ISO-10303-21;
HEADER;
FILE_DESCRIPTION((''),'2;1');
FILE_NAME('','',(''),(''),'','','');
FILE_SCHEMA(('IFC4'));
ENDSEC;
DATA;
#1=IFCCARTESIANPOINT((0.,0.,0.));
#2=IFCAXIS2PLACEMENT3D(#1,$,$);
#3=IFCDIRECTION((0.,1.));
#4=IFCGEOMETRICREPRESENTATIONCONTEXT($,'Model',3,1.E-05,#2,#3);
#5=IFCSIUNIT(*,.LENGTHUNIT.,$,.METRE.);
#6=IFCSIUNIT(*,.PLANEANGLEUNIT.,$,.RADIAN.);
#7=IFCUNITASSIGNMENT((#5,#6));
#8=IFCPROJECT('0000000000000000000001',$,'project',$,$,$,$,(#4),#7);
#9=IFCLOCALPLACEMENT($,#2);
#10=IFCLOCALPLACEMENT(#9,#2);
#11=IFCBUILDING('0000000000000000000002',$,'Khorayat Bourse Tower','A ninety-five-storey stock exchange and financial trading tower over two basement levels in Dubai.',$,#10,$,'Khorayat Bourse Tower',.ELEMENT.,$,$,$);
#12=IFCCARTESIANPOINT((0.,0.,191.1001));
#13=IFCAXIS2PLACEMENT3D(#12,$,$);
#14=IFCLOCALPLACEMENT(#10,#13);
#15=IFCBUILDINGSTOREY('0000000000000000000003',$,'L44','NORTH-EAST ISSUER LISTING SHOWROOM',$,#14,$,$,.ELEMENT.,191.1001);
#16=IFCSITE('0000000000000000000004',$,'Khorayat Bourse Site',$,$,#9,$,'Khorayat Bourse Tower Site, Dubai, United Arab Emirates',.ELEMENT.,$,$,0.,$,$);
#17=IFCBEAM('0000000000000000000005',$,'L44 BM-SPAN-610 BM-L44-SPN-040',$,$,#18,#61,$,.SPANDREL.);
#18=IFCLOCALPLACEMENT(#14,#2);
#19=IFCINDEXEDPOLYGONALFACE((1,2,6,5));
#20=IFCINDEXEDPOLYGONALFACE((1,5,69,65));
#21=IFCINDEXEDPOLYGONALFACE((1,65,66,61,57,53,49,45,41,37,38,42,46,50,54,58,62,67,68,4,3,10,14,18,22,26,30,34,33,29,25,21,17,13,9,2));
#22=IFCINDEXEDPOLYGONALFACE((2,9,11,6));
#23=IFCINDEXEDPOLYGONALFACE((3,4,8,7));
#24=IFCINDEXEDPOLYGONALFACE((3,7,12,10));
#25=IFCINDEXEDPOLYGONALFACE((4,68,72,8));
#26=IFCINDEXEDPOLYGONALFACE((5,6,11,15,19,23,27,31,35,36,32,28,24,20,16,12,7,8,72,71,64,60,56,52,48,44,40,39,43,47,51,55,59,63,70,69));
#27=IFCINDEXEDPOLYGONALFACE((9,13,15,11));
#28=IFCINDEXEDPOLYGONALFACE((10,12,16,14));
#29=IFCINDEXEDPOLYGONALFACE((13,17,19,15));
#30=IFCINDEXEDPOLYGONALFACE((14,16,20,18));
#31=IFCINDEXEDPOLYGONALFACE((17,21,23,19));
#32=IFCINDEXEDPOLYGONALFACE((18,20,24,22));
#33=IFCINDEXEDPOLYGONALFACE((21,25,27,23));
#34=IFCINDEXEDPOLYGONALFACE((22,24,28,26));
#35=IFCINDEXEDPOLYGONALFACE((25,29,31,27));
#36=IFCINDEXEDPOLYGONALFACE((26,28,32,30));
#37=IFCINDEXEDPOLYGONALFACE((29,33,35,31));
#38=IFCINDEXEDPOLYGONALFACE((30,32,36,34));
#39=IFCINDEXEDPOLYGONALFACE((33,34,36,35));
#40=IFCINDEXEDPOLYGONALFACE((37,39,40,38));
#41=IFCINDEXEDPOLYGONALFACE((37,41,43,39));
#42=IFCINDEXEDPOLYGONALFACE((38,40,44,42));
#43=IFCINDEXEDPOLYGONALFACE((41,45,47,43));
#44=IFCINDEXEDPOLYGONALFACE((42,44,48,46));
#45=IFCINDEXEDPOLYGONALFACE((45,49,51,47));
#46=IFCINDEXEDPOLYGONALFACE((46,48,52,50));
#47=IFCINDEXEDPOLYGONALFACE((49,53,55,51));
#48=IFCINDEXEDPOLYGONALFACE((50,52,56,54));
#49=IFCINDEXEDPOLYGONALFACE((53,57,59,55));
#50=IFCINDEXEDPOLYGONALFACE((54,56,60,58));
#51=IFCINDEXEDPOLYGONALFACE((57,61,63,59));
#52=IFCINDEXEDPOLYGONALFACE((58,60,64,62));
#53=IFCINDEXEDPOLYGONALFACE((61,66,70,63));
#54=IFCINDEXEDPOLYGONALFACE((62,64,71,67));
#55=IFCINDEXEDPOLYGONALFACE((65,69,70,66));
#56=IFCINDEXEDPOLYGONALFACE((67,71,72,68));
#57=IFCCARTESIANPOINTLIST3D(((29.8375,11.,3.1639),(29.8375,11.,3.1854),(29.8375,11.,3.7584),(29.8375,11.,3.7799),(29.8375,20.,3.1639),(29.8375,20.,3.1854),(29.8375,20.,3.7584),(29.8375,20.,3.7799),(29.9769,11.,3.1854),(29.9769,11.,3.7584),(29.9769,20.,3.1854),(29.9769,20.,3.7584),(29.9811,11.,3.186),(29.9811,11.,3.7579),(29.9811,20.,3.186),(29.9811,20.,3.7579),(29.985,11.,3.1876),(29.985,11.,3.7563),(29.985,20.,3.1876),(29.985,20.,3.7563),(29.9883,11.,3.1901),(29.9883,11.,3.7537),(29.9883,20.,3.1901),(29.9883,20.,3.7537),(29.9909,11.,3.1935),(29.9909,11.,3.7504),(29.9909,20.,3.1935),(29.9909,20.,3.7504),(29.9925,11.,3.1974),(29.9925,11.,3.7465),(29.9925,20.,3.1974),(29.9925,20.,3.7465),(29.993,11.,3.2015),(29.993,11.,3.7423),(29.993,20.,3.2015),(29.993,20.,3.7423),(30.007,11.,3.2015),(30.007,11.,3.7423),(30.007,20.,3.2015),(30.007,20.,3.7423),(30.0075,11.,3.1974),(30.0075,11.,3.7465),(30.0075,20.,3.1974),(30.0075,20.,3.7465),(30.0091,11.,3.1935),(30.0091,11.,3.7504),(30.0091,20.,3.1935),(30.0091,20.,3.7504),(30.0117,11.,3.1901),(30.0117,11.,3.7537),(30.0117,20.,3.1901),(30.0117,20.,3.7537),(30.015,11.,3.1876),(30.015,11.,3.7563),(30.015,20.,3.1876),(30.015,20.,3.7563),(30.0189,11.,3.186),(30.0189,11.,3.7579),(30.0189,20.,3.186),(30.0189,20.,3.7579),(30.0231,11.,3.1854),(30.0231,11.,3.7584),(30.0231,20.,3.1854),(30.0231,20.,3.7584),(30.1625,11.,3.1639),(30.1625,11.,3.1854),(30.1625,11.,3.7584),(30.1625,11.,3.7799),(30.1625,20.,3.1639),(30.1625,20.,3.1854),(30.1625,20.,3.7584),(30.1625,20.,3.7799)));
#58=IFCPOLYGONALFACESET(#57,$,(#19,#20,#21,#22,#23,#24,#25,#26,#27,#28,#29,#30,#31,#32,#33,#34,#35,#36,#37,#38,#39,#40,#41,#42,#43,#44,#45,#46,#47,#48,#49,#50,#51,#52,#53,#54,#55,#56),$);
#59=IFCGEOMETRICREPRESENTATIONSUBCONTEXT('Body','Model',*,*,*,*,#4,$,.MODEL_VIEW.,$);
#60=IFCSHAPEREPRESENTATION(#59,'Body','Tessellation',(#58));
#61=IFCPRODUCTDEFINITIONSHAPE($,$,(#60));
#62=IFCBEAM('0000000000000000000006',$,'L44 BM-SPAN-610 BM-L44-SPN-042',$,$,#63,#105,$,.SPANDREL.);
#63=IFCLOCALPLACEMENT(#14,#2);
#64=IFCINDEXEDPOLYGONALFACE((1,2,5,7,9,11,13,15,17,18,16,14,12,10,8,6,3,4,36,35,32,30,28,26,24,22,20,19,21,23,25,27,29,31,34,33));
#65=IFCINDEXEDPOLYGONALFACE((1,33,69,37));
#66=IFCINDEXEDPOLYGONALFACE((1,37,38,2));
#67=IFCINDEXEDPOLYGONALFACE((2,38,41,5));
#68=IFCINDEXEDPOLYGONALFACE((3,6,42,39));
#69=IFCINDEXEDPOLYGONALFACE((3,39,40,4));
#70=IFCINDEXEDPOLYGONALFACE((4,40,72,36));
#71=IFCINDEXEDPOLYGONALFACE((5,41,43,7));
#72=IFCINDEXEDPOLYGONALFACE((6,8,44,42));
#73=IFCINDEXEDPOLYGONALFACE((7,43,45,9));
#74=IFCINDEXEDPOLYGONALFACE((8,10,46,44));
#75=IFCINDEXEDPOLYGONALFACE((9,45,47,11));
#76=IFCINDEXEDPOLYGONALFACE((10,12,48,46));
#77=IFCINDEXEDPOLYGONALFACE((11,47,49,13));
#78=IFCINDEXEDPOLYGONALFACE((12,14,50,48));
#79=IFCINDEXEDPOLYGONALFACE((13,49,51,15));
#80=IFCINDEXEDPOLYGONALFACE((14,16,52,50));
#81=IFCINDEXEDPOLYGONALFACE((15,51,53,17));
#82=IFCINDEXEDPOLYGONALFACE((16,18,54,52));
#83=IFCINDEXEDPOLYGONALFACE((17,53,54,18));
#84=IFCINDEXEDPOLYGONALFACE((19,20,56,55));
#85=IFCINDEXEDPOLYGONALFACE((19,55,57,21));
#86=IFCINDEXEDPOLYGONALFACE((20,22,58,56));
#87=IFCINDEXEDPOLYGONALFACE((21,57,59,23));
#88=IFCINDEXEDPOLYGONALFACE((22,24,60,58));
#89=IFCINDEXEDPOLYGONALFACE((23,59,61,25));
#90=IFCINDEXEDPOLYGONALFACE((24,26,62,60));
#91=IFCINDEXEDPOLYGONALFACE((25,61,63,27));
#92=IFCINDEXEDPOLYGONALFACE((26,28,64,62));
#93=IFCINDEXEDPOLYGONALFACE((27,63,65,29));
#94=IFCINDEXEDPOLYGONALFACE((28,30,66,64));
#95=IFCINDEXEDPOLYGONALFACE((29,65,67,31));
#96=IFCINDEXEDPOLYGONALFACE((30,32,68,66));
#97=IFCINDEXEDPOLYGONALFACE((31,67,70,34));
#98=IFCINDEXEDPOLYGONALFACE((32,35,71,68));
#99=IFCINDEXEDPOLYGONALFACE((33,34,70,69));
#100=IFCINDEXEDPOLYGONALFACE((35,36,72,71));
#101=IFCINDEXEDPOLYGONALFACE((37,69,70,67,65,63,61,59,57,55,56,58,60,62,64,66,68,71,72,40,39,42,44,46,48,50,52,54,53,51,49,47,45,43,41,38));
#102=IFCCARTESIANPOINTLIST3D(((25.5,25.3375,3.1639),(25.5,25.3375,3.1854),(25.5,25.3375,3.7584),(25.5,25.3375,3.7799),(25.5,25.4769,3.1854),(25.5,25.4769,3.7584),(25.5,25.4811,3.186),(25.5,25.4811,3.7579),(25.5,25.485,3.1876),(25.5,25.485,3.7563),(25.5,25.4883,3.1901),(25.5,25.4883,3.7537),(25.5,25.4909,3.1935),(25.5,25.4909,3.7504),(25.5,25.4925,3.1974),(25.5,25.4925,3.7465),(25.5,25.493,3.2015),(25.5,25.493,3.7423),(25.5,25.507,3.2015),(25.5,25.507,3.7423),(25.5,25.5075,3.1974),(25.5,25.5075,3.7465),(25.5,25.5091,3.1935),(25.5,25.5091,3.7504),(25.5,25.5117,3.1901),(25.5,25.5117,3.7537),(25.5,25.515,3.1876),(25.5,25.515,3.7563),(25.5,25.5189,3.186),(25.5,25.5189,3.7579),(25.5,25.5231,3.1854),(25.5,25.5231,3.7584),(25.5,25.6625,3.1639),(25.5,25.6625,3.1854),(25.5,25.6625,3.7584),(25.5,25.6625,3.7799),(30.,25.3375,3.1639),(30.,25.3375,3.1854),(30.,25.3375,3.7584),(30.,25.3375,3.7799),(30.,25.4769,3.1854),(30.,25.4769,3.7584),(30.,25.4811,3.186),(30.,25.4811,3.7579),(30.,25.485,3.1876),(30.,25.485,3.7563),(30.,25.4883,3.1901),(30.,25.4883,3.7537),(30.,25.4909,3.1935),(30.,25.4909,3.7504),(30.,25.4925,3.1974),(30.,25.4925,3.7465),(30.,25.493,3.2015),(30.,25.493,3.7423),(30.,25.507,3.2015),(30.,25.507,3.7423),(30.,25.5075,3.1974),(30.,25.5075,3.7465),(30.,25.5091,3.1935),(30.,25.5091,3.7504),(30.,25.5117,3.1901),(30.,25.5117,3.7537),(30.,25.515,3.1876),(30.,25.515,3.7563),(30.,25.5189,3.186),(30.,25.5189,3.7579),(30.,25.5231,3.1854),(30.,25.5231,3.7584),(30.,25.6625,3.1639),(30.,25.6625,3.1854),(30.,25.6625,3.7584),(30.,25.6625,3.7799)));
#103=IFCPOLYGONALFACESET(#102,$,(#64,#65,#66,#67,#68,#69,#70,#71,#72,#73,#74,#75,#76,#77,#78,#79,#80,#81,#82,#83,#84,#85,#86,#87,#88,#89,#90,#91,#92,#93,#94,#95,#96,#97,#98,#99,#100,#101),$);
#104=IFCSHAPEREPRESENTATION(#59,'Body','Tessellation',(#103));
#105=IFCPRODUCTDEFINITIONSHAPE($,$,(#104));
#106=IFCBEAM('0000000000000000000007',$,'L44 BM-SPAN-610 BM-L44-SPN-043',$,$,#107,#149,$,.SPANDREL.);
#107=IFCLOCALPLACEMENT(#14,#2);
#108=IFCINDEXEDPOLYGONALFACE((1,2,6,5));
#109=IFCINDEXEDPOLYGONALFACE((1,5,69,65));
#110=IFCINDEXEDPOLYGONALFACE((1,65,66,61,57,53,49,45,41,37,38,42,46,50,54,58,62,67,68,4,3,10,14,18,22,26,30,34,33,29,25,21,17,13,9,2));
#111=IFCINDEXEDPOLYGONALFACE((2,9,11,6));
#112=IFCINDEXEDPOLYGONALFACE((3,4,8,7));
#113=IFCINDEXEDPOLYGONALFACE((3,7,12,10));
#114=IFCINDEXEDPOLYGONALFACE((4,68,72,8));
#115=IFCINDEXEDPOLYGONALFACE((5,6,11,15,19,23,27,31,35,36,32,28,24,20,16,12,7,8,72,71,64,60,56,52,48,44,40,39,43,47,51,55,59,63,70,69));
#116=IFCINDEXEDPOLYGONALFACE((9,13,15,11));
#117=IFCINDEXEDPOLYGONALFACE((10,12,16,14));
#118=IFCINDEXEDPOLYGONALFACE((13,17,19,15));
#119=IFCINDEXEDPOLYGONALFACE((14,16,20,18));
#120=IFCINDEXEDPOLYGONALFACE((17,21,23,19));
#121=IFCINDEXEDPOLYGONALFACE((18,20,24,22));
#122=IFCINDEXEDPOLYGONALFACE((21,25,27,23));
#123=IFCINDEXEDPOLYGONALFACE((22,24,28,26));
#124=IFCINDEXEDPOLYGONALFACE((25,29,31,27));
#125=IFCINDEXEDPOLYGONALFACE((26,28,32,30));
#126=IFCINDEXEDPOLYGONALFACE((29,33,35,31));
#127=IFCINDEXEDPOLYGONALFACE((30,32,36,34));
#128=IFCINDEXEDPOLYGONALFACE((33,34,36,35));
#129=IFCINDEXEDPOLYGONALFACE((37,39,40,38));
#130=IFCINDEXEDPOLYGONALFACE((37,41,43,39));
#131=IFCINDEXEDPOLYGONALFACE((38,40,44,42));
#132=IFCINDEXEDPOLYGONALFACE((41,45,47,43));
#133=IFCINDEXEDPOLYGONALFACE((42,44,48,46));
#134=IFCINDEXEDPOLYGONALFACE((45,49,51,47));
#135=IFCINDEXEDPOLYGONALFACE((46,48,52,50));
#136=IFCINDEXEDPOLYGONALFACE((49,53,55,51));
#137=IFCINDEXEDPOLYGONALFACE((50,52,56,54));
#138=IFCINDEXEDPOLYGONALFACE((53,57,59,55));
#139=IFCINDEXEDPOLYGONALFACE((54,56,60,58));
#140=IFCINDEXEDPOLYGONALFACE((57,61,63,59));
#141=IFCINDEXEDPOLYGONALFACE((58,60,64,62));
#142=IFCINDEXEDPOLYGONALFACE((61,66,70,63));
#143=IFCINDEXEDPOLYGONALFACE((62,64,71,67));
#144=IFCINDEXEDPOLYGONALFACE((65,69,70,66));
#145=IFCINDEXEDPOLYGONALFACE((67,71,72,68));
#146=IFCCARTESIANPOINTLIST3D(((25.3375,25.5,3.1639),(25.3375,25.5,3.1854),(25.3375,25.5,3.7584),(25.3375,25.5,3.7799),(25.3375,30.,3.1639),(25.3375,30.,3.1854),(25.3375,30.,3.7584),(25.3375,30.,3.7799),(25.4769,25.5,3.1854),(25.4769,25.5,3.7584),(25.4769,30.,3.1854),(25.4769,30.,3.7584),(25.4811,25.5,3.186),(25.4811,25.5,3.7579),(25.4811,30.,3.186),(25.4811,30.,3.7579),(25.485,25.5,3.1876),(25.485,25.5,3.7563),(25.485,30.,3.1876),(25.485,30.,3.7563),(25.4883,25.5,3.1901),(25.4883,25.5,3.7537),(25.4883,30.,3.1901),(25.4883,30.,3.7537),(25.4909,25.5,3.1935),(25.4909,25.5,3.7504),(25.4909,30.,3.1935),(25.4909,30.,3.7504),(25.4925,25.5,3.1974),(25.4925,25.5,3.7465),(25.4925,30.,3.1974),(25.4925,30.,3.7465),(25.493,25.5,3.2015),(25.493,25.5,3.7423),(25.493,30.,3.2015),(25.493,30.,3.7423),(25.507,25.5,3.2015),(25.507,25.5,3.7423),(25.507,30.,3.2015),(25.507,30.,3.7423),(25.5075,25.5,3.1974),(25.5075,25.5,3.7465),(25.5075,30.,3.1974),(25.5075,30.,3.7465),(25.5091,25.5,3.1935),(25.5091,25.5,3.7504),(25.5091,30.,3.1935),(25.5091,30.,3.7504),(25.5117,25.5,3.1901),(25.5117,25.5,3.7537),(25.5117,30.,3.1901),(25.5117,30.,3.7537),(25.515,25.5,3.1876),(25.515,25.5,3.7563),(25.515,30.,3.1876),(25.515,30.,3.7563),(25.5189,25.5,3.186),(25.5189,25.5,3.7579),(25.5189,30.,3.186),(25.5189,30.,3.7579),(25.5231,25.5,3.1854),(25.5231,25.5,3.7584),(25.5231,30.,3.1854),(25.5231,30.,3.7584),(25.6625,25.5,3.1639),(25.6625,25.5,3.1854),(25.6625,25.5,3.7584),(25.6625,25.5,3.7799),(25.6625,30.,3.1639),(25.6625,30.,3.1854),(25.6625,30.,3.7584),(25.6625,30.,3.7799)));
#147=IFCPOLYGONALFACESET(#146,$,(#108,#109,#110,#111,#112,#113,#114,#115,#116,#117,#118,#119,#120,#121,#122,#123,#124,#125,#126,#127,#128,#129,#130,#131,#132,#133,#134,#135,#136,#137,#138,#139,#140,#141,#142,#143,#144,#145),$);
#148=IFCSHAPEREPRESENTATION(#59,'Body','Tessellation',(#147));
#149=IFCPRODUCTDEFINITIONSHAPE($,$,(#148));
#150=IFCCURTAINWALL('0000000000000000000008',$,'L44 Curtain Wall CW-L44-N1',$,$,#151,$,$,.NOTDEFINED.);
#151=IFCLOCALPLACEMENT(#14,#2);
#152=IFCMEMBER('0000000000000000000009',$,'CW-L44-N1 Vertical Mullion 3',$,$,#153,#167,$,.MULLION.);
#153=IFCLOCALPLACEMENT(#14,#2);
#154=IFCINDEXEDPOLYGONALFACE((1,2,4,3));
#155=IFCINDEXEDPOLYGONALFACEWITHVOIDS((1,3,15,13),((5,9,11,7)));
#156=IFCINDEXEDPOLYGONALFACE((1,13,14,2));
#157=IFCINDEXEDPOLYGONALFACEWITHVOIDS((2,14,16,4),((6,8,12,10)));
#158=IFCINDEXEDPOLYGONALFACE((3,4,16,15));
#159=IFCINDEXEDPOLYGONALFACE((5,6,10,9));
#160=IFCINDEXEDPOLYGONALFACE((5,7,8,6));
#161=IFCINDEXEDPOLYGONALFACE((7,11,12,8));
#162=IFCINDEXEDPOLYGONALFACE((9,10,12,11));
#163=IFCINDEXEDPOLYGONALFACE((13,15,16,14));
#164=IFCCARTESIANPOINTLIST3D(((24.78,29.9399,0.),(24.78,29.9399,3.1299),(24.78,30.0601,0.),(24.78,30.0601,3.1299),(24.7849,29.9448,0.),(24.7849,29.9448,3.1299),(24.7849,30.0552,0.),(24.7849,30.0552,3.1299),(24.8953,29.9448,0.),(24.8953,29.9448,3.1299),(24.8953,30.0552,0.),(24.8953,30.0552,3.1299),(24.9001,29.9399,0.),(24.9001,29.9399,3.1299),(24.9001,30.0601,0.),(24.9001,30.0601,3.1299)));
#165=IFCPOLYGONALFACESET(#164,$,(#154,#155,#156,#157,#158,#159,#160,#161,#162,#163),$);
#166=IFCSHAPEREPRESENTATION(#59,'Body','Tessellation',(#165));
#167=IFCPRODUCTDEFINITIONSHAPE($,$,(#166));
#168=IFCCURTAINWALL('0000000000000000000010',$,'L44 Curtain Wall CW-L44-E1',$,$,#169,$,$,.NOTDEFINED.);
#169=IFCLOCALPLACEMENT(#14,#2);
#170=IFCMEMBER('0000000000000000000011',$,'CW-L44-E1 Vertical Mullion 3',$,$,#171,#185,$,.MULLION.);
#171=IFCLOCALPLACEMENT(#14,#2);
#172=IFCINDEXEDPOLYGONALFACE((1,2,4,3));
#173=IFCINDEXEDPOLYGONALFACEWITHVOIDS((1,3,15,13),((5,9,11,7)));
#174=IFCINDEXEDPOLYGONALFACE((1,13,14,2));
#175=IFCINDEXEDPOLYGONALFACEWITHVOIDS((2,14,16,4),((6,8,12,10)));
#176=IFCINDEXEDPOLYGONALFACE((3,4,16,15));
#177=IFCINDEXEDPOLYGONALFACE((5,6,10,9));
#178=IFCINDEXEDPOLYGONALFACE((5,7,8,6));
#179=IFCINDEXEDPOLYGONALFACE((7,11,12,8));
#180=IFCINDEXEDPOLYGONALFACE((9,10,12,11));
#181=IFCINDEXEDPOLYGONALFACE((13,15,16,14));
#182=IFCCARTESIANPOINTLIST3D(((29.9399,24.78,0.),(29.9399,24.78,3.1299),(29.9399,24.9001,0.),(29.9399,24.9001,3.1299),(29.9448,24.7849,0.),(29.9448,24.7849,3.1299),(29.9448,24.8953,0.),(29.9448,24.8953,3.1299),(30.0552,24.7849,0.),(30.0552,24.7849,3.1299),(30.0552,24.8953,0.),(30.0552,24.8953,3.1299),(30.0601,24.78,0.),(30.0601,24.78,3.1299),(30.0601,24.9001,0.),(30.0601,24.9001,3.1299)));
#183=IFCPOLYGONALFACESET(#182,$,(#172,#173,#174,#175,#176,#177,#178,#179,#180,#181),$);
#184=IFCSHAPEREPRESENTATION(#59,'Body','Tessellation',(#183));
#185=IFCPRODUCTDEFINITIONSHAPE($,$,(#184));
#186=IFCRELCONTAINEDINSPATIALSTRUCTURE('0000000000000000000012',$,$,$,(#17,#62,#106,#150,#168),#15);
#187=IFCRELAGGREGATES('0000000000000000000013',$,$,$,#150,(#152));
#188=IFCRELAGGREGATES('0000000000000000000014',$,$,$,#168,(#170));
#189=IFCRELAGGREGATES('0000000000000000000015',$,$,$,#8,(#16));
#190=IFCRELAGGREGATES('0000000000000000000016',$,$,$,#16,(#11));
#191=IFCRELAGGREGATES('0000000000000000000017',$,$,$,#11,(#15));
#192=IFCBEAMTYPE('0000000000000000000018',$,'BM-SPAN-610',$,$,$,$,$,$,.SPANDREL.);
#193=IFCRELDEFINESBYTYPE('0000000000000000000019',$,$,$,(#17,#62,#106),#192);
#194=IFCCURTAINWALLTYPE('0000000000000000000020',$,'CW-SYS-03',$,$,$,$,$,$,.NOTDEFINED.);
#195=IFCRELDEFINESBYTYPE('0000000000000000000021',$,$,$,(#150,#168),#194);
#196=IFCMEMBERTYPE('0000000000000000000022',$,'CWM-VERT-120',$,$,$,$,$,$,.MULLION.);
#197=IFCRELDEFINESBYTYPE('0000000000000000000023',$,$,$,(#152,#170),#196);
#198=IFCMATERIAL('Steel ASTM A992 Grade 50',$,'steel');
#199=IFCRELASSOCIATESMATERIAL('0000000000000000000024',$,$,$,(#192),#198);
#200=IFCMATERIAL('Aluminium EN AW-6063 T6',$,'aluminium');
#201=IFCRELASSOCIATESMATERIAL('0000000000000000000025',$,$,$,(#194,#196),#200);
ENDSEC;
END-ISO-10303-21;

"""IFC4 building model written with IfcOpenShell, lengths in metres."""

from ifc_helpers import new_model, si_unit, direction, frame, origin, origin_2d, place, context, subcontext, project, spatial, hollow_rectangle, i_section, extrude, source, transform, mapped, material, material_profile, profile_set, type_object, element, aggregate, save


model = new_model("IFC4")

# Units and contexts
model_context = context("Model", 3, precision=1e-05, world=origin(), true_north=direction((0.0, 1.0)))
body_context = subcontext(model_context, "Body", "Model", "MODEL_VIEW")
ifc_project = project(units=[si_unit("LENGTHUNIT", "METRE"), si_unit("PLANEANGLEUNIT", "RADIAN")], contexts=[model_context])

# Site, building, storey
site_placement = place(None, origin())
site = spatial("IfcSite", under=ifc_project, at=site_placement, Name="Khorayat Bourse Site", LongName="Khorayat Bourse Tower Site, Dubai, United Arab Emirates", CompositionType="ELEMENT", RefElevation=0.0)
building_placement = place(site_placement, origin())
building = spatial("IfcBuilding", under=site, at=building_placement, Name="Khorayat Bourse Tower", Description="A ninety-five-storey stock exchange and financial trading tower over two basement levels in Dubai.", LongName="Khorayat Bourse Tower", CompositionType="ELEMENT")
storey_placement = place(building_placement, frame((0.0, 0.0, 191.1001)))
storey = spatial("IfcBuildingStorey", under=building, at=storey_placement, Name="L44", Description="NORTH-EAST ISSUER LISTING SHOWROOM", CompositionType="ELEMENT", Elevation=191.1001)

# Beams
ifc_material_1 = material(Name="Steel ASTM A992 Grade 50", Category="steel")
ifc_material_profile_1 = material_profile(ifc_material_1, i_section(OverallWidth=0.325, OverallDepth=0.616, WebThickness=0.0139, FlangeThickness=0.0215, FilletRadius=0.0161, at=origin_2d()), Name="W610X174")
ifc_profile_set_1 = profile_set([ifc_material_profile_1], Name="Steel ASTM A992 Grade 50")
beam_type_1 = type_object("IfcBeamType", Name="BM-SPAN-610", PredefinedType="SPANDREL", material=ifc_profile_set_1)
shared_shape_1 = source(origin(), body_context, "Body", "SweptSolid", [
    extrude(i_section(OverallWidth=0.325, OverallDepth=0.616, WebThickness=0.0139, FlangeThickness=0.0215, FilletRadius=0.0161, at=origin_2d()), origin(), (0.0, 0.0, 1.0), 9.0),
])
beam_1_placement = place(storey_placement, frame((30.0, 11.0, 3.4719), z_axis=(0.0, 1.0, 0.0), x_axis=(-1.0, 0.0, 0.0)))
element("IfcBeam", 1, at=beam_1_placement, inside=storey, type_object=beam_type_1, Name="L44 BM-SPAN-610 BM-L44-SPN-040", PredefinedType="SPANDREL", context=body_context, shape_type="MappedRepresentation", body=[
    mapped(shared_shape_1, transform((0.0, 0.0, 0.0), scale=1.0)),
])
shared_shape_2 = source(origin(), body_context, "Body", "SweptSolid", [
    extrude(i_section(OverallWidth=0.325, OverallDepth=0.616, WebThickness=0.0139, FlangeThickness=0.0215, FilletRadius=0.0161, at=origin_2d()), origin(), (0.0, 0.0, 1.0), 4.5),
])
for number, where, z_axis, x_axis, name in (
    (2, (25.5, 25.5, 3.4719), (1.0, 0.0, 0.0), (0.0, 1.0, 0.0), "L44 BM-SPAN-610 BM-L44-SPN-042"),
    (3, (25.5, 25.5, 3.4719), (0.0, 1.0, 0.0), (-1.0, 0.0, 0.0), "L44 BM-SPAN-610 BM-L44-SPN-043"),
):
    element("IfcBeam", number, at=place(storey_placement, frame(where, z_axis=z_axis, x_axis=x_axis)), inside=storey, type_object=beam_type_1, Name=name, PredefinedType="SPANDREL", context=body_context, shape_type="MappedRepresentation", body=[
        mapped(shared_shape_2, transform((0.0, 0.0, 0.0), scale=1.0)),
    ])

# Curtain wall, member
ifc_material_2 = material(Name="Aluminium EN AW-6063 T6", Category="aluminium")
curtain_wall_type = type_object("IfcCurtainWallType", Name="CW-SYS-03", PredefinedType="NOTDEFINED", material=ifc_material_2)
curtain_wall_1_placement = place(storey_placement, origin())
curtain_wall_1 = element("IfcCurtainWall", 4, at=curtain_wall_1_placement, inside=storey, type_object=curtain_wall_type, Name="L44 Curtain Wall CW-L44-N1", PredefinedType="NOTDEFINED")
ifc_material_profile_2 = material_profile(ifc_material_2, hollow_rectangle(XDim=0.1201, YDim=0.1201, WallThickness=0.0049, at=origin_2d()), Name="ALU 120x120x5")
ifc_profile_set_2 = profile_set([ifc_material_profile_2], Name="Aluminium EN AW-6063 T6")
member_type_1 = type_object("IfcMemberType", Name="CWM-VERT-120", PredefinedType="MULLION", material=ifc_profile_set_2)
shared_shape_3 = source(origin(), body_context, "Body", "SweptSolid", [
    extrude(hollow_rectangle(XDim=0.1201, YDim=0.1201, WallThickness=0.0049, at=origin_2d()), origin(), (0.0, 0.0, 1.0), 3.1299),
])
member_1_placement = place(storey_placement, frame((24.8401, 30.0, 0.0), z_axis=(0.0, 0.0, 1.0), x_axis=(0.0, 1.0, 0.0)))
member_1 = element("IfcMember", 5, at=member_1_placement, type_object=member_type_1, Name="CW-L44-N1 Vertical Mullion 3", PredefinedType="MULLION", context=body_context, shape_type="MappedRepresentation", body=[
    mapped(shared_shape_3, transform((0.0, 0.0, 0.0), scale=1.0)),
])
aggregate(curtain_wall_1, [member_1])

# Curtain wall, member
curtain_wall_2_placement = place(storey_placement, origin())
curtain_wall_2 = element("IfcCurtainWall", 6, at=curtain_wall_2_placement, inside=storey, type_object=curtain_wall_type, Name="L44 Curtain Wall CW-L44-E1", PredefinedType="NOTDEFINED")
member_2_placement = place(storey_placement, frame((30.0, 24.8401, 0.0), z_axis=(0.0, 0.0, 1.0), x_axis=(-1.0, 0.0, 0.0)))
member_2 = element("IfcMember", 7, at=member_2_placement, type_object=member_type_1, Name="CW-L44-E1 Vertical Mullion 3", PredefinedType="MULLION", context=body_context, shape_type="MappedRepresentation", body=[
    mapped(shared_shape_3, transform((0.0, 0.0, 0.0), scale=1.0)),
])

aggregate(curtain_wall_2, [member_2])

save(model, "model.ifc")
